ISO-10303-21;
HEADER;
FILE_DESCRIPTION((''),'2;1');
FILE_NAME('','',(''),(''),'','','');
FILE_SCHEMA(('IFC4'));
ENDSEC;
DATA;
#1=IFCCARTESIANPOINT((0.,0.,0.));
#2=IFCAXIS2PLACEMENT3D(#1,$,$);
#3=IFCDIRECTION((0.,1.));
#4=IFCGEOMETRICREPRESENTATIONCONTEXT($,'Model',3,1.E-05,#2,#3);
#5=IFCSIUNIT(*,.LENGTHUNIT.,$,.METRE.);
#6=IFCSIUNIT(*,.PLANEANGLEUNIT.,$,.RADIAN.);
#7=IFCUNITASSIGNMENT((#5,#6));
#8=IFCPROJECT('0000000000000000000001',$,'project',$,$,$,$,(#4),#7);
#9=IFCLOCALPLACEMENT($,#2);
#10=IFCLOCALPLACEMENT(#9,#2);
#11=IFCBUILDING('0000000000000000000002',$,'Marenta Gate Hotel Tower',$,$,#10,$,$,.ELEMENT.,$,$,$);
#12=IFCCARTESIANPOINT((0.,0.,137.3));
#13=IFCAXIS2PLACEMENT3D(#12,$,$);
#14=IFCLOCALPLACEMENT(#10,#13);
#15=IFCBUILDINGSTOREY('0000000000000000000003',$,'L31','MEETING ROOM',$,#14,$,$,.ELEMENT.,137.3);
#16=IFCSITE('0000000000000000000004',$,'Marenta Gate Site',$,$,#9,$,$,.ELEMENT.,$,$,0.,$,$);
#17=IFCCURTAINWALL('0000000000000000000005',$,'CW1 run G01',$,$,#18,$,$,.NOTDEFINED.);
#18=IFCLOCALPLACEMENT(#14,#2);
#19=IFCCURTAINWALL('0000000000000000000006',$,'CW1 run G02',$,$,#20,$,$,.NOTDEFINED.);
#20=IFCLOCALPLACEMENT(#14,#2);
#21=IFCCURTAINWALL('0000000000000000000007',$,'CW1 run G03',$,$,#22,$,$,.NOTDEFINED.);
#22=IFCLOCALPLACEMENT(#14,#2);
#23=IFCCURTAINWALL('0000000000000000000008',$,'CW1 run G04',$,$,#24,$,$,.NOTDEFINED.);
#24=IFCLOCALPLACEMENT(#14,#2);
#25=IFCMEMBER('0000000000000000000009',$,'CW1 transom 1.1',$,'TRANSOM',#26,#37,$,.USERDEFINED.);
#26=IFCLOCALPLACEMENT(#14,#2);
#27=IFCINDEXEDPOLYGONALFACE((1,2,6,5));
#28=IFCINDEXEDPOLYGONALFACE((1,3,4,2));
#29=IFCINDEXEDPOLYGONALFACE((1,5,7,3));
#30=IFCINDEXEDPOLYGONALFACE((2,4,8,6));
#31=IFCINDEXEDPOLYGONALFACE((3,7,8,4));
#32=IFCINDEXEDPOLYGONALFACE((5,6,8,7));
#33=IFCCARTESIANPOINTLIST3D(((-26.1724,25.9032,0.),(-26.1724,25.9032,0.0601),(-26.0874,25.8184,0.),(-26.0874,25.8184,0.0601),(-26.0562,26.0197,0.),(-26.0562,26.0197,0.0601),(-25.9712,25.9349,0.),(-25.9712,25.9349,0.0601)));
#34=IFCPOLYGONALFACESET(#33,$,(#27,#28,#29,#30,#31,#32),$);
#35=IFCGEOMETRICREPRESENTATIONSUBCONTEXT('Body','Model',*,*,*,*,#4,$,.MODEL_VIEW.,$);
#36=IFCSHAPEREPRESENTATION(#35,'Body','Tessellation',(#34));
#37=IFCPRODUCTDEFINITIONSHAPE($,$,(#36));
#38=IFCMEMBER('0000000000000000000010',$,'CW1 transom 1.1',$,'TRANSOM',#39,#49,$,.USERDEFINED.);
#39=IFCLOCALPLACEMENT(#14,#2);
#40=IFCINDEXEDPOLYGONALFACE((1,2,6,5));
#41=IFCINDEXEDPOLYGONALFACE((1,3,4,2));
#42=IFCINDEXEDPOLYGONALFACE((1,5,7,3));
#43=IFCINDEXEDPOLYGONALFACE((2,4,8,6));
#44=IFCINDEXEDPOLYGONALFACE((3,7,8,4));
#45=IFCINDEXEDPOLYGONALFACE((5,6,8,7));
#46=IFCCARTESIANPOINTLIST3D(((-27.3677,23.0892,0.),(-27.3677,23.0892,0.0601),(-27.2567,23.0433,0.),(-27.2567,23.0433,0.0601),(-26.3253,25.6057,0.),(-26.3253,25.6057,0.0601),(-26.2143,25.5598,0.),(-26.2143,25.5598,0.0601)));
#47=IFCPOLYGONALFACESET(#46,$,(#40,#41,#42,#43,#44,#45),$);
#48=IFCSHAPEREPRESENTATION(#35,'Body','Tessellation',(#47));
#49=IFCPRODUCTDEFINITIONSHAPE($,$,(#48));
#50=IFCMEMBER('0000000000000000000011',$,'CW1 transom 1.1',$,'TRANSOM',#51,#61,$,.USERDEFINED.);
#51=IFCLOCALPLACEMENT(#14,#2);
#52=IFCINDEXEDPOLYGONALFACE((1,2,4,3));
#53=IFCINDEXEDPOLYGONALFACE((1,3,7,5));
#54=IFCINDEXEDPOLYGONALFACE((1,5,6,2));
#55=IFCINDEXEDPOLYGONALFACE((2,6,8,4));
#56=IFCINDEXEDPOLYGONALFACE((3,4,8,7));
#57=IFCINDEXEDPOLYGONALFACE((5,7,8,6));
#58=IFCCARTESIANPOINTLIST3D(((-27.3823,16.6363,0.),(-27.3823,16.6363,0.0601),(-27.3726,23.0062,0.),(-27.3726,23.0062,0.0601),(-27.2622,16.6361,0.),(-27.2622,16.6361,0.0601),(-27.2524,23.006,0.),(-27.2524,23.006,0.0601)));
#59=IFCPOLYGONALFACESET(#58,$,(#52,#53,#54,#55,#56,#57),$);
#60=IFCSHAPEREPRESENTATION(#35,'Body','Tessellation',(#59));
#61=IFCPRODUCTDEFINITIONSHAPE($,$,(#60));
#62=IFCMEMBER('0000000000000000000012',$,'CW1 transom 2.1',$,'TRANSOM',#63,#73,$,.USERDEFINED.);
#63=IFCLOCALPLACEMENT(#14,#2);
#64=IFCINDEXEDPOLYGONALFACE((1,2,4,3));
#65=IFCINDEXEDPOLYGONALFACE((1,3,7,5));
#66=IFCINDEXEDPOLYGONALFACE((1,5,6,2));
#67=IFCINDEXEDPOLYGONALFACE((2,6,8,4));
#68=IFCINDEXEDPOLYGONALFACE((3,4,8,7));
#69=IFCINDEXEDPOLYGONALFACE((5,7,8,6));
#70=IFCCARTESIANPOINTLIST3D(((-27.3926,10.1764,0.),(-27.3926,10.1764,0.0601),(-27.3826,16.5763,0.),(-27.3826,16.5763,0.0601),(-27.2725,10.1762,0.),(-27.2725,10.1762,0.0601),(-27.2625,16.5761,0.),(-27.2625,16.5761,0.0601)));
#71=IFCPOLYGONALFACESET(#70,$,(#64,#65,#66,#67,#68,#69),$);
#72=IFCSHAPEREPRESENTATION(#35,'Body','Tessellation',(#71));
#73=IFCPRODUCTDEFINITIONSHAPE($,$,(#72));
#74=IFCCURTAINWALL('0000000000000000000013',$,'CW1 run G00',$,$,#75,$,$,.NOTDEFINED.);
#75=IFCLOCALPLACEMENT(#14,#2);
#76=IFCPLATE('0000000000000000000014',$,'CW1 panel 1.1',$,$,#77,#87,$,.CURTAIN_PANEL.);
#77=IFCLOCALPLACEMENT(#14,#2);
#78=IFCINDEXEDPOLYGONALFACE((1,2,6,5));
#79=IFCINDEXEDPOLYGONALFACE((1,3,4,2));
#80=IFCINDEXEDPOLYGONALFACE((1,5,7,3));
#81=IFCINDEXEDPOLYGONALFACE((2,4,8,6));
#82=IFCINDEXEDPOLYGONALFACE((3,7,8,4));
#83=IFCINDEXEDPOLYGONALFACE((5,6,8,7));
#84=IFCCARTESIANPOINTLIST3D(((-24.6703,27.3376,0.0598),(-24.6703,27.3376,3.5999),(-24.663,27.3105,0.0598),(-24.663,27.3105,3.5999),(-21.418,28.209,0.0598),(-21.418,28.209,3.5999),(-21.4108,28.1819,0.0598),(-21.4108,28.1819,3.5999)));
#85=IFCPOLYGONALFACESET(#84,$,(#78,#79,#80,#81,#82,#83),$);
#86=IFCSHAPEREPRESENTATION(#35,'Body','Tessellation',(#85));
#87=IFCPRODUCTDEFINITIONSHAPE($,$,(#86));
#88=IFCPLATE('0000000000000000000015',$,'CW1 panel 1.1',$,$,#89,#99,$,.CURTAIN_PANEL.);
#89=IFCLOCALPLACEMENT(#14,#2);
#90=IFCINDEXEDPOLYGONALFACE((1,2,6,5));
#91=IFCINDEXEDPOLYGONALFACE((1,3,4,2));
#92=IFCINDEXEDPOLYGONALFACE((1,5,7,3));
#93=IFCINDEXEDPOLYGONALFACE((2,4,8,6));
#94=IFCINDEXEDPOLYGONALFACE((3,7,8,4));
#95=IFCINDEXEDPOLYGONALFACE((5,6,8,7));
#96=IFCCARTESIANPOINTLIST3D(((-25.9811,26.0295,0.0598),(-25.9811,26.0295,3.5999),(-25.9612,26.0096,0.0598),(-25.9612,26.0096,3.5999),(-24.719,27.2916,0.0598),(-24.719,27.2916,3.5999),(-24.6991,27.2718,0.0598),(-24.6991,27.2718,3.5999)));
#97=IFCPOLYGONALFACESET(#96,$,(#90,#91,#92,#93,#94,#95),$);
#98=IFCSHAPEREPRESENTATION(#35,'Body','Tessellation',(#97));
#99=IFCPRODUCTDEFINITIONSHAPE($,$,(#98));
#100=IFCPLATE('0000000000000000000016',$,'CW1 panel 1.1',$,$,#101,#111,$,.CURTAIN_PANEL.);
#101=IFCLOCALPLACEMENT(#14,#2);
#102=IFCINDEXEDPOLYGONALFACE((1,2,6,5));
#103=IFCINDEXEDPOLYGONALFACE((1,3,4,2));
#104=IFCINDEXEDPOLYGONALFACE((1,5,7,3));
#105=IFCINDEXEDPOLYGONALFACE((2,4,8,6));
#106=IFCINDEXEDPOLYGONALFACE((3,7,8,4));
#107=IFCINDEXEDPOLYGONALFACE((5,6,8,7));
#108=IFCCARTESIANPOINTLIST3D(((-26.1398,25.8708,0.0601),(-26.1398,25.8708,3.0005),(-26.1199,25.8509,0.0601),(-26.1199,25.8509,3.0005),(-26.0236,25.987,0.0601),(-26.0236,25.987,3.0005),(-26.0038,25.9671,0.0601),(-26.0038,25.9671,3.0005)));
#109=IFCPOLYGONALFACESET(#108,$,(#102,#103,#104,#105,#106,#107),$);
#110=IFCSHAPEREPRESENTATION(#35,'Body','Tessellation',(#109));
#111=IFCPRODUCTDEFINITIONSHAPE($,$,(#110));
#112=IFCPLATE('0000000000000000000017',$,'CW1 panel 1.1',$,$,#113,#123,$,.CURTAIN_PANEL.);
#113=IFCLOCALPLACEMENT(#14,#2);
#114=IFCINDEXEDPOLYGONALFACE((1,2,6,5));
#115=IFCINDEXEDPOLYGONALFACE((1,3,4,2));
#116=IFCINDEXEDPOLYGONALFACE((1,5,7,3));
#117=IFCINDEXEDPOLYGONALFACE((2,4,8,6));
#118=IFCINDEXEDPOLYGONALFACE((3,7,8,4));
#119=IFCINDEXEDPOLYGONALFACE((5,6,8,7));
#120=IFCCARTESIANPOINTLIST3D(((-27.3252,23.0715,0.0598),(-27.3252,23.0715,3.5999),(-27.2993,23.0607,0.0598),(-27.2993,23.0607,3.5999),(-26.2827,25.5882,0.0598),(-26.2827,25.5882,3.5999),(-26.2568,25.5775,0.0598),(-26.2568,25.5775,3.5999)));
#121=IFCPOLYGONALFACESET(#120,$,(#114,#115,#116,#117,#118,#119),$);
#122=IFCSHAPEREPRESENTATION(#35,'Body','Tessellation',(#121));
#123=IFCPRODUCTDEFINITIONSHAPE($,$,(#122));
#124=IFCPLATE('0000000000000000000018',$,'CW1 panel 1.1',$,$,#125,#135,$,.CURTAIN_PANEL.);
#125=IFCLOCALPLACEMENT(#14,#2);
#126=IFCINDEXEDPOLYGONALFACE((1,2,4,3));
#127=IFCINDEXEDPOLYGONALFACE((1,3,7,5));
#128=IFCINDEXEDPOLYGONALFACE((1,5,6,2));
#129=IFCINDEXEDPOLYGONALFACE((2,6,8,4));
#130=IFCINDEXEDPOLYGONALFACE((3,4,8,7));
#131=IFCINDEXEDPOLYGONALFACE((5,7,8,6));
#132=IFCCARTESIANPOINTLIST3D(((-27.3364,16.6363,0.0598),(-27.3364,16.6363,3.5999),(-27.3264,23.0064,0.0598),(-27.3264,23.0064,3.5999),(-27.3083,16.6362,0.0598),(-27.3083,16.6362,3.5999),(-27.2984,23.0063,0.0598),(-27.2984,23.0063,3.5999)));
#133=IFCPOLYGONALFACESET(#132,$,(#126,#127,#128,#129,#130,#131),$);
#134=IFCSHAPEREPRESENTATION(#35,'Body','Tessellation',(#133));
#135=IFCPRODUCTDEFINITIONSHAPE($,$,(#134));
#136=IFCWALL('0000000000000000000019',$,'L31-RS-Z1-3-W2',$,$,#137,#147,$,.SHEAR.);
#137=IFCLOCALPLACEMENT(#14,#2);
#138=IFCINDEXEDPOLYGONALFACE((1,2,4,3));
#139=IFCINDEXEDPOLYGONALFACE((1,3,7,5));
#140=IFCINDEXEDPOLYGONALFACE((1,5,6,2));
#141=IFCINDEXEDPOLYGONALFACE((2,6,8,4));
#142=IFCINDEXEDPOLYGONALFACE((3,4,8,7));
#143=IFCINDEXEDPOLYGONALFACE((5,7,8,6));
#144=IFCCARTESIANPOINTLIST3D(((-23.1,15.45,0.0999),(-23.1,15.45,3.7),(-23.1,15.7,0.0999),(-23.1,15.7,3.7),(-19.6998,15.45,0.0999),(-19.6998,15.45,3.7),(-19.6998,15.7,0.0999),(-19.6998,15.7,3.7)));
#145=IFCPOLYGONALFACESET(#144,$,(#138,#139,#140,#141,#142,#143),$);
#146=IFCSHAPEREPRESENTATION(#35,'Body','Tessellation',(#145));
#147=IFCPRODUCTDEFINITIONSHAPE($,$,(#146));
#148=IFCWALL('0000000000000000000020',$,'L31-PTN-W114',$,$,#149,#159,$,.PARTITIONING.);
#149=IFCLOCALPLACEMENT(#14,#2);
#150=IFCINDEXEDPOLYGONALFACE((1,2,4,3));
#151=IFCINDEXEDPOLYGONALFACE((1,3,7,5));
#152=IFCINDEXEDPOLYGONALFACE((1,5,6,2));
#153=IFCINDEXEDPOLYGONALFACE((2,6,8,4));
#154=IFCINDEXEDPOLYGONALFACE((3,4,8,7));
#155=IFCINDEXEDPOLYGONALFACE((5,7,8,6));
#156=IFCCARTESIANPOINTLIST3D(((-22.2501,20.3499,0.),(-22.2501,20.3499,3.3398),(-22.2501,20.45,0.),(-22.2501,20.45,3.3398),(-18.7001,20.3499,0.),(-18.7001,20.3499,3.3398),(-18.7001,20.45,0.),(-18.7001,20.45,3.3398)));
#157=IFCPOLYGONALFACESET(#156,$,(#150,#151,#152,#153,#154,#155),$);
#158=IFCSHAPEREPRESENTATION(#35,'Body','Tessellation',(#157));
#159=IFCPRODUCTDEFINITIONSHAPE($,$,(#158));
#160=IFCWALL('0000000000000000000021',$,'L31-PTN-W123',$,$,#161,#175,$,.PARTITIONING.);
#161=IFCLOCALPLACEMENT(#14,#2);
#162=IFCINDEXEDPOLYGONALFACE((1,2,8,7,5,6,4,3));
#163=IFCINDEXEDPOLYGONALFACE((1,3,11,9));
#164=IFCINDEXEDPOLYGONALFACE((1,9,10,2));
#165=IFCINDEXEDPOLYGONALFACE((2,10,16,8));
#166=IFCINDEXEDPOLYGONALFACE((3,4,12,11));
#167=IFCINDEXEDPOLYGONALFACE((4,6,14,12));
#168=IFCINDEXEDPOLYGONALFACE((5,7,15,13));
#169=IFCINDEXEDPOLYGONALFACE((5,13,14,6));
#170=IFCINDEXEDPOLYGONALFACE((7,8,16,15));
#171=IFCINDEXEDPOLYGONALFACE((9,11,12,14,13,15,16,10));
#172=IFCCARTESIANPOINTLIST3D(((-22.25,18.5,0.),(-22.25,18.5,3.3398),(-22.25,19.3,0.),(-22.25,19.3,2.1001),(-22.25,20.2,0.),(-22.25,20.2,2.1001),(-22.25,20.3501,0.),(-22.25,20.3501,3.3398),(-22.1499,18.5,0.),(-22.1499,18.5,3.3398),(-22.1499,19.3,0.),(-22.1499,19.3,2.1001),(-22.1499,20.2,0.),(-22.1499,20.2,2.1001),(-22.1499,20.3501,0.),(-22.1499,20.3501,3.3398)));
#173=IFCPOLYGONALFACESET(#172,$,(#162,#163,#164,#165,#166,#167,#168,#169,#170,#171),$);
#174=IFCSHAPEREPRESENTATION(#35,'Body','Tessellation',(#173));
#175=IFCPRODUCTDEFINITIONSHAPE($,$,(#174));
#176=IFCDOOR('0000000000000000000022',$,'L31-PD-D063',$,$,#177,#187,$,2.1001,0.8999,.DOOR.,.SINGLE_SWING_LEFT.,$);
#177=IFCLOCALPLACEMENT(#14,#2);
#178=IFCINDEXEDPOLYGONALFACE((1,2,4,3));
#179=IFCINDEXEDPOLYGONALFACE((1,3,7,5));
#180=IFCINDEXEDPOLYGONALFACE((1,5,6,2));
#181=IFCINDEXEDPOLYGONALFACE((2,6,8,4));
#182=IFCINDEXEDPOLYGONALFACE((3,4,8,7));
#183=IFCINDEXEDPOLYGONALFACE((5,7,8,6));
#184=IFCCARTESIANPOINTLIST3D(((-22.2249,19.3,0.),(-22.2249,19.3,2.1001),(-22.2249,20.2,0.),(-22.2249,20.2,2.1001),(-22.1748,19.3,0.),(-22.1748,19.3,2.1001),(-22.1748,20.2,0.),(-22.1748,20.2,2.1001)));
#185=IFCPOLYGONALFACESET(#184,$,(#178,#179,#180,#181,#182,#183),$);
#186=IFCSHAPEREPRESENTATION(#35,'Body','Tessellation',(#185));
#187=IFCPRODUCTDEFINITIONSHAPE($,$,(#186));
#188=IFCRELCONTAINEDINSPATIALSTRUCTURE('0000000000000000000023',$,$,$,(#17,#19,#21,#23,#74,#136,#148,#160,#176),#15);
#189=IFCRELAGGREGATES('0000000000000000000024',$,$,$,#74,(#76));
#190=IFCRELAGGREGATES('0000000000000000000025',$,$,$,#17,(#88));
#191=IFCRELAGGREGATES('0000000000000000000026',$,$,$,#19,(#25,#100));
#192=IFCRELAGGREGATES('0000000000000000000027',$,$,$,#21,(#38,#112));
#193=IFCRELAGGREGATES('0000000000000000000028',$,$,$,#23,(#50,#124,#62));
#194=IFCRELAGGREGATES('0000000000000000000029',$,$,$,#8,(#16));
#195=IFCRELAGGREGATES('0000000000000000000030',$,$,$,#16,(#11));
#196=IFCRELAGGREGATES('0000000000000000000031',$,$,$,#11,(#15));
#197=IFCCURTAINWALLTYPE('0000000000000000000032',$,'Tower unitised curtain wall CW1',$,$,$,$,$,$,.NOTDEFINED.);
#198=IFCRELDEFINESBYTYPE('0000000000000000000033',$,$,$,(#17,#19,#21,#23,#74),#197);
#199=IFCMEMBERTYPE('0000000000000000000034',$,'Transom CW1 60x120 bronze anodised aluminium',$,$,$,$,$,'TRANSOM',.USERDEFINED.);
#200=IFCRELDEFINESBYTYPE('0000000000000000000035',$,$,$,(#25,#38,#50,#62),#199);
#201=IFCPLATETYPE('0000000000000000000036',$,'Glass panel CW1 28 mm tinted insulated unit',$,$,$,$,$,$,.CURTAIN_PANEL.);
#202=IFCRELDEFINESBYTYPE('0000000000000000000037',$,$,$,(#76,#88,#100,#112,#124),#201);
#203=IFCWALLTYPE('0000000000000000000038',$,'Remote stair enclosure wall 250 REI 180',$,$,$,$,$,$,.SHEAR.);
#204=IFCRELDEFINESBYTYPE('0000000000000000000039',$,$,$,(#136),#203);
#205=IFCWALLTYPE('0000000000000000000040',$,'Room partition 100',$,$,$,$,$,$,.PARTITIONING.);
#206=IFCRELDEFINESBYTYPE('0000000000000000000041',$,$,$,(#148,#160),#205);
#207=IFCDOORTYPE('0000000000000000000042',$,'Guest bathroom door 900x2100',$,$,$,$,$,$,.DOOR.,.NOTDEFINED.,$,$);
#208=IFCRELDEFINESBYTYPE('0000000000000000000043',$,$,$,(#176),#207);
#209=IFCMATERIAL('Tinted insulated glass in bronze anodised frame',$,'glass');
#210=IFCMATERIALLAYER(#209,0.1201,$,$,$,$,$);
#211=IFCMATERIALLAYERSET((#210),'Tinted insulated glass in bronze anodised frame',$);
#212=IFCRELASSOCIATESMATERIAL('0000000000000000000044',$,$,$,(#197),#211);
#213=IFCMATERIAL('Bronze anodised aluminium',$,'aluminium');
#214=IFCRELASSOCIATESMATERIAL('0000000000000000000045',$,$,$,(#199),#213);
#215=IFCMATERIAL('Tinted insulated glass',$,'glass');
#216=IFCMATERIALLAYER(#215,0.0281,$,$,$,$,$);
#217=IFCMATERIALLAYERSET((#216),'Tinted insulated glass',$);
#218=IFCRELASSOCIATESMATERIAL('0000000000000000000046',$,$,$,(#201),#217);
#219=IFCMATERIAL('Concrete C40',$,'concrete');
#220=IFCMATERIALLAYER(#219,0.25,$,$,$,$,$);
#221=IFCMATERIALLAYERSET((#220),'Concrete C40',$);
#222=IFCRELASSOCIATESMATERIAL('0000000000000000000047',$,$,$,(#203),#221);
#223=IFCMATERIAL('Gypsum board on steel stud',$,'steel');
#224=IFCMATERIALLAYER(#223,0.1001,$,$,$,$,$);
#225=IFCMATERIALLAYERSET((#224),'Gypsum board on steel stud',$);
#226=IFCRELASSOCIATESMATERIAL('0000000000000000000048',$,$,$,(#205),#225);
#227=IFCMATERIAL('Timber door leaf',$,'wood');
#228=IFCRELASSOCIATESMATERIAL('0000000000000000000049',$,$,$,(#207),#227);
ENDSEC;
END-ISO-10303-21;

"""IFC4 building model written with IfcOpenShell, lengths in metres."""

from ifc_helpers import new_model, si_unit, direction, frame, frame_2d, origin, origin_2d, place, context, subcontext, project, spatial, rectangle, extrude, material, layer, layer_set, material_profile, profile_set, type_object, element, fill, aggregate, save


model = new_model("IFC4")

# Units and contexts
model_context = context("Model", 3, precision=1e-05, world=origin(), true_north=direction((0.0, 1.0)))
body_context = subcontext(model_context, "Body", "Model", "MODEL_VIEW")
ifc_project = project(units=[si_unit("LENGTHUNIT", "METRE"), si_unit("PLANEANGLEUNIT", "RADIAN")], contexts=[model_context])

# Site, building, storey
site_placement = place(None, origin())
site = spatial("IfcSite", under=ifc_project, at=site_placement, Name="Marenta Gate Site", CompositionType="ELEMENT", RefElevation=0.0)
building_placement = place(site_placement, origin())
building = spatial("IfcBuilding", under=site, at=building_placement, Name="Marenta Gate Hotel Tower", CompositionType="ELEMENT")
storey_placement = place(building_placement, frame((0.0, 0.0, 137.3)))
storey = spatial("IfcBuildingStorey", under=building, at=storey_placement, Name="L31", Description="MEETING ROOM", CompositionType="ELEMENT", Elevation=137.3)

# Curtain wall
ifc_material_1 = material(Name="Tinted insulated glass in bronze anodised frame", Category="glass")
ifc_layer_1 = layer(ifc_material_1, 0.1201)
ifc_layer_set_1 = layer_set([ifc_layer_1], Name="Tinted insulated glass in bronze anodised frame")
curtain_wall_type = type_object("IfcCurtainWallType", Name="Tower unitised curtain wall CW1", PredefinedType="NOTDEFINED", material=ifc_layer_set_1)
curtain_wall_1_placement = place(storey_placement, origin())
curtain_wall_1 = element("IfcCurtainWall", 1, at=curtain_wall_1_placement, inside=storey, type_object=curtain_wall_type, Name="CW1 run G01", PredefinedType="NOTDEFINED")

# Curtain wall
curtain_wall_2_placement = place(storey_placement, origin())
curtain_wall_2 = element("IfcCurtainWall", 2, at=curtain_wall_2_placement, inside=storey, type_object=curtain_wall_type, Name="CW1 run G02", PredefinedType="NOTDEFINED")

# Curtain wall
curtain_wall_3_placement = place(storey_placement, origin())
curtain_wall_3 = element("IfcCurtainWall", 3, at=curtain_wall_3_placement, inside=storey, type_object=curtain_wall_type, Name="CW1 run G03", PredefinedType="NOTDEFINED")

# Curtain wall
curtain_wall_4_placement = place(storey_placement, origin())
curtain_wall_4 = element("IfcCurtainWall", 4, at=curtain_wall_4_placement, inside=storey, type_object=curtain_wall_type, Name="CW1 run G04", PredefinedType="NOTDEFINED")

# Members
ifc_material_2 = material(Name="Bronze anodised aluminium", Category="aluminium")
ifc_material_profile_1 = material_profile(ifc_material_2, rectangle(XDim=0.1201, YDim=0.0601, at=origin_2d()), Name="Transom CW1 60x120 bronze anodised aluminium")
ifc_profile_set_1 = profile_set([ifc_material_profile_1], Name="Bronze anodised aluminium")
member_type_1 = type_object("IfcMemberType", Name="Transom CW1 60x120 bronze anodised aluminium", ElementType="TRANSOM", PredefinedType="USERDEFINED", material=ifc_profile_set_1)
member_1_placement = place(storey_placement, frame((-26.0137, 25.9773, 0.03), z_axis=(-0.706364, -0.707848, 0.0), x_axis=(0.707848, -0.706364, 0.0)))
member_1 = element("IfcMember", 5, at=member_1_placement, type_object=member_type_1, Name="CW1 transom 1.1", ObjectType="TRANSOM", PredefinedType="USERDEFINED", context=body_context, shape_type="SweptSolid", body=[
    extrude(rectangle(XDim=0.1201, YDim=0.0601, at=origin_2d()), origin(), (0.0, 0.0, 1.0), 0.1646),
])
member_2_placement = place(storey_placement, frame((-26.2698, 25.5828, 0.03), z_axis=(-0.382705, -0.92387, 0.0), x_axis=(0.92387, -0.382705, 0.0)))
member_2 = element("IfcMember", 6, at=member_2_placement, type_object=member_type_1, Name="CW1 transom 1.1", ObjectType="TRANSOM", PredefinedType="USERDEFINED", context=body_context, shape_type="SweptSolid", body=[
    extrude(rectangle(XDim=0.1201, YDim=0.0601, at=origin_2d()), origin(), (0.0, 0.0, 1.0), 2.7239),
])
member_3_placement = place(storey_placement, frame((-27.3125, 23.0061, 0.03), z_axis=(-0.001533, -0.999999, 0.0), x_axis=(0.999999, -0.001533, 0.0)))
member_3 = element("IfcMember", 7, at=member_3_placement, type_object=member_type_1, Name="CW1 transom 1.1", ObjectType="TRANSOM", PredefinedType="USERDEFINED", context=body_context, shape_type="SweptSolid", body=[
    extrude(rectangle(XDim=0.1201, YDim=0.0601, at=origin_2d()), origin(), (0.0, 0.0, 1.0), 6.3699),
])
member_4_placement = place(storey_placement, frame((-27.3225, 16.5762, 0.03), z_axis=(-0.001564, -0.999999, 0.0), x_axis=(0.999999, -0.001564, 0.0)))
member_4 = element("IfcMember", 8, at=member_4_placement, type_object=member_type_1, Name="CW1 transom 2.1", ObjectType="TRANSOM", PredefinedType="USERDEFINED", context=body_context, shape_type="SweptSolid", body=[
    extrude(rectangle(XDim=0.1201, YDim=0.0601, at=origin_2d()), origin(), (0.0, 0.0, 1.0), 6.3999),
])

# Curtain wall, plate
curtain_wall_5_placement = place(storey_placement, origin())
curtain_wall_5 = element("IfcCurtainWall", 9, at=curtain_wall_5_placement, inside=storey, type_object=curtain_wall_type, Name="CW1 run G00", PredefinedType="NOTDEFINED")
ifc_material_3 = material(Name="Tinted insulated glass", Category="glass")
ifc_layer_2 = layer(ifc_material_3, 0.0281)
ifc_layer_set_2 = layer_set([ifc_layer_2], Name="Tinted insulated glass")
plate_type = type_object("IfcPlateType", Name="Glass panel CW1 28 mm tinted insulated unit", PredefinedType="CURTAIN_PANEL", material=ifc_layer_set_2)
plate_1_placement = place(storey_placement, frame((-23.0405, 27.7598, 0.0598), z_axis=(0.0, 0.0, 1.0), x_axis=(-0.965931, -0.258801, 0.0)))
plate_1 = element("IfcPlate", 10, at=plate_1_placement, type_object=plate_type, Name="CW1 panel 1.1", PredefinedType="CURTAIN_PANEL", context=body_context, shape_type="SweptSolid", body=[
    extrude(rectangle(XDim=3.3669, YDim=0.0281, at=origin_2d()), origin(), (0.0, 0.0, 1.0), 3.54),
])
aggregate(curtain_wall_5, [plate_1])

# Plates
plate_2_placement = place(storey_placement, frame((-25.3401, 26.6506, 0.0598), z_axis=(0.0, 0.0, 1.0), x_axis=(-0.707107, -0.707107, 0.0)))
plate_2 = element("IfcPlate", 11, at=plate_2_placement, type_object=plate_type, Name="CW1 panel 1.1", PredefinedType="CURTAIN_PANEL", context=body_context, shape_type="SweptSolid", body=[
    extrude(rectangle(XDim=1.7849, YDim=0.0281, at=origin_2d()), origin(), (0.0, 0.0, 1.0), 3.54),
])
aggregate(curtain_wall_1, [plate_2])
plate_3_placement = place(storey_placement, frame((-26.0718, 25.9189, 0.0601), z_axis=(0.0, 0.0, 1.0), x_axis=(-0.707107, -0.707107, 0.0)))
plate_3 = element("IfcPlate", 12, at=plate_3_placement, type_object=plate_type, Name="CW1 panel 1.1", PredefinedType="CURTAIN_PANEL", context=body_context, shape_type="SweptSolid", body=[
    extrude(rectangle(XDim=0.1643, YDim=0.0281, at=origin_2d()), origin(), (0.0, 0.0, 1.0), 2.9404),
])
aggregate(curtain_wall_2, [member_1, plate_3])
plate_4_placement = place(storey_placement, frame((-26.791, 24.3245, 0.0598), z_axis=(0.0, 0.0, 1.0), x_axis=(-0.382684, -0.923879, 0.0)))
plate_4 = element("IfcPlate", 13, at=plate_4_placement, type_object=plate_type, Name="CW1 panel 1.1", PredefinedType="CURTAIN_PANEL", context=body_context, shape_type="SweptSolid", body=[
    extrude(rectangle(XDim=2.7241, YDim=0.0281, at=origin_2d()), origin(), (0.0, 0.0, 1.0), 3.54),
])
aggregate(curtain_wall_3, [member_2, plate_4])
plate_5_placement = place(storey_placement, frame((-27.3174, 19.8213, 0.0598), z_axis=(0.0, 0.0, 1.0), x_axis=(-0.001566, -0.999999, 0.0)))
plate_5 = element("IfcPlate", 14, at=plate_5_placement, type_object=plate_type, Name="CW1 panel 1.1", PredefinedType="CURTAIN_PANEL", context=body_context, shape_type="SweptSolid", body=[
    extrude(rectangle(XDim=6.3701, YDim=0.0281, at=origin_2d()), origin(), (0.0, 0.0, 1.0), 3.54),
])
aggregate(curtain_wall_4, [member_3, plate_5, member_4])

# Wall
ifc_material_4 = material(Name="Concrete C40", Category="concrete")
ifc_layer_3 = layer(ifc_material_4, 0.25)
ifc_layer_set_3 = layer_set([ifc_layer_3], Name="Concrete C40")
wall_type_1 = type_object("IfcWallType", Name="Remote stair enclosure wall 250 REI 180", PredefinedType="SHEAR", material=ifc_layer_set_3)
wall_1_placement = place(storey_placement, frame((-23.1001, 15.575, 0.0999), z_axis=(0.0, 0.0, 1.0), x_axis=(1.0, 0.0, 0.0)))
element("IfcWall", 15, at=wall_1_placement, inside=storey, type_object=wall_type_1, Name="L31-RS-Z1-3-W2", PredefinedType="SHEAR", context=body_context, shape_type="SweptSolid", body=[
    extrude(rectangle(XDim=3.4001, YDim=0.25, at=frame_2d((1.7002, 0.0))), origin(), (0.0, 0.0, 1.0), 3.6001),
])

# Wall
ifc_material_5 = material(Name="Gypsum board on steel stud", Category="steel")
ifc_layer_4 = layer(ifc_material_5, 0.1001)
ifc_layer_set_4 = layer_set([ifc_layer_4], Name="Gypsum board on steel stud")
wall_type_2 = type_object("IfcWallType", Name="Room partition 100", PredefinedType="PARTITIONING", material=ifc_layer_set_4)
wall_2_placement = place(storey_placement, frame((-22.25, 20.3999, 0.0), z_axis=(0.0, 0.0, 1.0), x_axis=(1.0, 0.0, 0.0)))
element("IfcWall", 16, at=wall_2_placement, inside=storey, type_object=wall_type_2, Name="L31-PTN-W114", PredefinedType="PARTITIONING", context=body_context, shape_type="SweptSolid", body=[
    extrude(rectangle(XDim=3.55, YDim=0.1001, at=frame_2d((1.7749, 0.0))), origin(), (0.0, 0.0, 1.0), 3.3398),
])

# Wall, opening, door
wall_3_placement = place(storey_placement, frame((-22.2, 18.5, 0.0), z_axis=(0.0, 0.0, 1.0), x_axis=(0.0, 1.0, 0.0)))
wall_3 = element("IfcWall", 17, at=wall_3_placement, inside=storey, type_object=wall_type_2, Name="L31-PTN-W123", PredefinedType="PARTITIONING", context=body_context, shape_type="SweptSolid", body=[
    extrude(rectangle(XDim=1.8501, YDim=0.1001, at=frame_2d((0.925, 0.0))), origin(), (0.0, 0.0, 1.0), 3.3398),
])
opening_1_placement = place(wall_3_placement, frame((0.8, 0.0, 0.0)))
opening_1 = element("IfcOpeningElement", 18, at=opening_1_placement, cuts=wall_3, PredefinedType="OPENING", context=body_context, shape_type="SweptSolid", body=[
    extrude(rectangle(XDim=0.8999, YDim=2.1001, at=frame_2d((0.45, 1.05))), frame((0.0, 0.05, 0.0), z_axis=(0.0, -1.0, 0.0), x_axis=(1.0, 0.0, 0.0)), (0.0, 0.0, 1.0), 0.1001),
])
ifc_material_6 = material(Name="Timber door leaf", Category="wood")
door_type_1 = type_object("IfcDoorType", Name="Guest bathroom door 900x2100", OperationType="NOTDEFINED", PredefinedType="DOOR", material=ifc_material_6)
door_1_placement = place(opening_1_placement, origin())
door_1 = element("IfcDoor", 19, at=door_1_placement, inside=storey, type_object=door_type_1, Name="L31-PD-D063", OperationType="SINGLE_SWING_LEFT", OverallHeight=2.1001, OverallWidth=0.8999, PredefinedType="DOOR", context=body_context, shape_type="SweptSolid", body=[
    extrude(rectangle(XDim=0.8999, YDim=2.1001, at=frame_2d((0.45, 1.05))), frame((0.0, 0.0249, 0.0), z_axis=(0.0, -1.0, 0.0), x_axis=(1.0, 0.0, 0.0)), (0.0, 0.0, 1.0), 0.05),
])
fill(opening_1, door_1)

save(model, "model.ifc")
